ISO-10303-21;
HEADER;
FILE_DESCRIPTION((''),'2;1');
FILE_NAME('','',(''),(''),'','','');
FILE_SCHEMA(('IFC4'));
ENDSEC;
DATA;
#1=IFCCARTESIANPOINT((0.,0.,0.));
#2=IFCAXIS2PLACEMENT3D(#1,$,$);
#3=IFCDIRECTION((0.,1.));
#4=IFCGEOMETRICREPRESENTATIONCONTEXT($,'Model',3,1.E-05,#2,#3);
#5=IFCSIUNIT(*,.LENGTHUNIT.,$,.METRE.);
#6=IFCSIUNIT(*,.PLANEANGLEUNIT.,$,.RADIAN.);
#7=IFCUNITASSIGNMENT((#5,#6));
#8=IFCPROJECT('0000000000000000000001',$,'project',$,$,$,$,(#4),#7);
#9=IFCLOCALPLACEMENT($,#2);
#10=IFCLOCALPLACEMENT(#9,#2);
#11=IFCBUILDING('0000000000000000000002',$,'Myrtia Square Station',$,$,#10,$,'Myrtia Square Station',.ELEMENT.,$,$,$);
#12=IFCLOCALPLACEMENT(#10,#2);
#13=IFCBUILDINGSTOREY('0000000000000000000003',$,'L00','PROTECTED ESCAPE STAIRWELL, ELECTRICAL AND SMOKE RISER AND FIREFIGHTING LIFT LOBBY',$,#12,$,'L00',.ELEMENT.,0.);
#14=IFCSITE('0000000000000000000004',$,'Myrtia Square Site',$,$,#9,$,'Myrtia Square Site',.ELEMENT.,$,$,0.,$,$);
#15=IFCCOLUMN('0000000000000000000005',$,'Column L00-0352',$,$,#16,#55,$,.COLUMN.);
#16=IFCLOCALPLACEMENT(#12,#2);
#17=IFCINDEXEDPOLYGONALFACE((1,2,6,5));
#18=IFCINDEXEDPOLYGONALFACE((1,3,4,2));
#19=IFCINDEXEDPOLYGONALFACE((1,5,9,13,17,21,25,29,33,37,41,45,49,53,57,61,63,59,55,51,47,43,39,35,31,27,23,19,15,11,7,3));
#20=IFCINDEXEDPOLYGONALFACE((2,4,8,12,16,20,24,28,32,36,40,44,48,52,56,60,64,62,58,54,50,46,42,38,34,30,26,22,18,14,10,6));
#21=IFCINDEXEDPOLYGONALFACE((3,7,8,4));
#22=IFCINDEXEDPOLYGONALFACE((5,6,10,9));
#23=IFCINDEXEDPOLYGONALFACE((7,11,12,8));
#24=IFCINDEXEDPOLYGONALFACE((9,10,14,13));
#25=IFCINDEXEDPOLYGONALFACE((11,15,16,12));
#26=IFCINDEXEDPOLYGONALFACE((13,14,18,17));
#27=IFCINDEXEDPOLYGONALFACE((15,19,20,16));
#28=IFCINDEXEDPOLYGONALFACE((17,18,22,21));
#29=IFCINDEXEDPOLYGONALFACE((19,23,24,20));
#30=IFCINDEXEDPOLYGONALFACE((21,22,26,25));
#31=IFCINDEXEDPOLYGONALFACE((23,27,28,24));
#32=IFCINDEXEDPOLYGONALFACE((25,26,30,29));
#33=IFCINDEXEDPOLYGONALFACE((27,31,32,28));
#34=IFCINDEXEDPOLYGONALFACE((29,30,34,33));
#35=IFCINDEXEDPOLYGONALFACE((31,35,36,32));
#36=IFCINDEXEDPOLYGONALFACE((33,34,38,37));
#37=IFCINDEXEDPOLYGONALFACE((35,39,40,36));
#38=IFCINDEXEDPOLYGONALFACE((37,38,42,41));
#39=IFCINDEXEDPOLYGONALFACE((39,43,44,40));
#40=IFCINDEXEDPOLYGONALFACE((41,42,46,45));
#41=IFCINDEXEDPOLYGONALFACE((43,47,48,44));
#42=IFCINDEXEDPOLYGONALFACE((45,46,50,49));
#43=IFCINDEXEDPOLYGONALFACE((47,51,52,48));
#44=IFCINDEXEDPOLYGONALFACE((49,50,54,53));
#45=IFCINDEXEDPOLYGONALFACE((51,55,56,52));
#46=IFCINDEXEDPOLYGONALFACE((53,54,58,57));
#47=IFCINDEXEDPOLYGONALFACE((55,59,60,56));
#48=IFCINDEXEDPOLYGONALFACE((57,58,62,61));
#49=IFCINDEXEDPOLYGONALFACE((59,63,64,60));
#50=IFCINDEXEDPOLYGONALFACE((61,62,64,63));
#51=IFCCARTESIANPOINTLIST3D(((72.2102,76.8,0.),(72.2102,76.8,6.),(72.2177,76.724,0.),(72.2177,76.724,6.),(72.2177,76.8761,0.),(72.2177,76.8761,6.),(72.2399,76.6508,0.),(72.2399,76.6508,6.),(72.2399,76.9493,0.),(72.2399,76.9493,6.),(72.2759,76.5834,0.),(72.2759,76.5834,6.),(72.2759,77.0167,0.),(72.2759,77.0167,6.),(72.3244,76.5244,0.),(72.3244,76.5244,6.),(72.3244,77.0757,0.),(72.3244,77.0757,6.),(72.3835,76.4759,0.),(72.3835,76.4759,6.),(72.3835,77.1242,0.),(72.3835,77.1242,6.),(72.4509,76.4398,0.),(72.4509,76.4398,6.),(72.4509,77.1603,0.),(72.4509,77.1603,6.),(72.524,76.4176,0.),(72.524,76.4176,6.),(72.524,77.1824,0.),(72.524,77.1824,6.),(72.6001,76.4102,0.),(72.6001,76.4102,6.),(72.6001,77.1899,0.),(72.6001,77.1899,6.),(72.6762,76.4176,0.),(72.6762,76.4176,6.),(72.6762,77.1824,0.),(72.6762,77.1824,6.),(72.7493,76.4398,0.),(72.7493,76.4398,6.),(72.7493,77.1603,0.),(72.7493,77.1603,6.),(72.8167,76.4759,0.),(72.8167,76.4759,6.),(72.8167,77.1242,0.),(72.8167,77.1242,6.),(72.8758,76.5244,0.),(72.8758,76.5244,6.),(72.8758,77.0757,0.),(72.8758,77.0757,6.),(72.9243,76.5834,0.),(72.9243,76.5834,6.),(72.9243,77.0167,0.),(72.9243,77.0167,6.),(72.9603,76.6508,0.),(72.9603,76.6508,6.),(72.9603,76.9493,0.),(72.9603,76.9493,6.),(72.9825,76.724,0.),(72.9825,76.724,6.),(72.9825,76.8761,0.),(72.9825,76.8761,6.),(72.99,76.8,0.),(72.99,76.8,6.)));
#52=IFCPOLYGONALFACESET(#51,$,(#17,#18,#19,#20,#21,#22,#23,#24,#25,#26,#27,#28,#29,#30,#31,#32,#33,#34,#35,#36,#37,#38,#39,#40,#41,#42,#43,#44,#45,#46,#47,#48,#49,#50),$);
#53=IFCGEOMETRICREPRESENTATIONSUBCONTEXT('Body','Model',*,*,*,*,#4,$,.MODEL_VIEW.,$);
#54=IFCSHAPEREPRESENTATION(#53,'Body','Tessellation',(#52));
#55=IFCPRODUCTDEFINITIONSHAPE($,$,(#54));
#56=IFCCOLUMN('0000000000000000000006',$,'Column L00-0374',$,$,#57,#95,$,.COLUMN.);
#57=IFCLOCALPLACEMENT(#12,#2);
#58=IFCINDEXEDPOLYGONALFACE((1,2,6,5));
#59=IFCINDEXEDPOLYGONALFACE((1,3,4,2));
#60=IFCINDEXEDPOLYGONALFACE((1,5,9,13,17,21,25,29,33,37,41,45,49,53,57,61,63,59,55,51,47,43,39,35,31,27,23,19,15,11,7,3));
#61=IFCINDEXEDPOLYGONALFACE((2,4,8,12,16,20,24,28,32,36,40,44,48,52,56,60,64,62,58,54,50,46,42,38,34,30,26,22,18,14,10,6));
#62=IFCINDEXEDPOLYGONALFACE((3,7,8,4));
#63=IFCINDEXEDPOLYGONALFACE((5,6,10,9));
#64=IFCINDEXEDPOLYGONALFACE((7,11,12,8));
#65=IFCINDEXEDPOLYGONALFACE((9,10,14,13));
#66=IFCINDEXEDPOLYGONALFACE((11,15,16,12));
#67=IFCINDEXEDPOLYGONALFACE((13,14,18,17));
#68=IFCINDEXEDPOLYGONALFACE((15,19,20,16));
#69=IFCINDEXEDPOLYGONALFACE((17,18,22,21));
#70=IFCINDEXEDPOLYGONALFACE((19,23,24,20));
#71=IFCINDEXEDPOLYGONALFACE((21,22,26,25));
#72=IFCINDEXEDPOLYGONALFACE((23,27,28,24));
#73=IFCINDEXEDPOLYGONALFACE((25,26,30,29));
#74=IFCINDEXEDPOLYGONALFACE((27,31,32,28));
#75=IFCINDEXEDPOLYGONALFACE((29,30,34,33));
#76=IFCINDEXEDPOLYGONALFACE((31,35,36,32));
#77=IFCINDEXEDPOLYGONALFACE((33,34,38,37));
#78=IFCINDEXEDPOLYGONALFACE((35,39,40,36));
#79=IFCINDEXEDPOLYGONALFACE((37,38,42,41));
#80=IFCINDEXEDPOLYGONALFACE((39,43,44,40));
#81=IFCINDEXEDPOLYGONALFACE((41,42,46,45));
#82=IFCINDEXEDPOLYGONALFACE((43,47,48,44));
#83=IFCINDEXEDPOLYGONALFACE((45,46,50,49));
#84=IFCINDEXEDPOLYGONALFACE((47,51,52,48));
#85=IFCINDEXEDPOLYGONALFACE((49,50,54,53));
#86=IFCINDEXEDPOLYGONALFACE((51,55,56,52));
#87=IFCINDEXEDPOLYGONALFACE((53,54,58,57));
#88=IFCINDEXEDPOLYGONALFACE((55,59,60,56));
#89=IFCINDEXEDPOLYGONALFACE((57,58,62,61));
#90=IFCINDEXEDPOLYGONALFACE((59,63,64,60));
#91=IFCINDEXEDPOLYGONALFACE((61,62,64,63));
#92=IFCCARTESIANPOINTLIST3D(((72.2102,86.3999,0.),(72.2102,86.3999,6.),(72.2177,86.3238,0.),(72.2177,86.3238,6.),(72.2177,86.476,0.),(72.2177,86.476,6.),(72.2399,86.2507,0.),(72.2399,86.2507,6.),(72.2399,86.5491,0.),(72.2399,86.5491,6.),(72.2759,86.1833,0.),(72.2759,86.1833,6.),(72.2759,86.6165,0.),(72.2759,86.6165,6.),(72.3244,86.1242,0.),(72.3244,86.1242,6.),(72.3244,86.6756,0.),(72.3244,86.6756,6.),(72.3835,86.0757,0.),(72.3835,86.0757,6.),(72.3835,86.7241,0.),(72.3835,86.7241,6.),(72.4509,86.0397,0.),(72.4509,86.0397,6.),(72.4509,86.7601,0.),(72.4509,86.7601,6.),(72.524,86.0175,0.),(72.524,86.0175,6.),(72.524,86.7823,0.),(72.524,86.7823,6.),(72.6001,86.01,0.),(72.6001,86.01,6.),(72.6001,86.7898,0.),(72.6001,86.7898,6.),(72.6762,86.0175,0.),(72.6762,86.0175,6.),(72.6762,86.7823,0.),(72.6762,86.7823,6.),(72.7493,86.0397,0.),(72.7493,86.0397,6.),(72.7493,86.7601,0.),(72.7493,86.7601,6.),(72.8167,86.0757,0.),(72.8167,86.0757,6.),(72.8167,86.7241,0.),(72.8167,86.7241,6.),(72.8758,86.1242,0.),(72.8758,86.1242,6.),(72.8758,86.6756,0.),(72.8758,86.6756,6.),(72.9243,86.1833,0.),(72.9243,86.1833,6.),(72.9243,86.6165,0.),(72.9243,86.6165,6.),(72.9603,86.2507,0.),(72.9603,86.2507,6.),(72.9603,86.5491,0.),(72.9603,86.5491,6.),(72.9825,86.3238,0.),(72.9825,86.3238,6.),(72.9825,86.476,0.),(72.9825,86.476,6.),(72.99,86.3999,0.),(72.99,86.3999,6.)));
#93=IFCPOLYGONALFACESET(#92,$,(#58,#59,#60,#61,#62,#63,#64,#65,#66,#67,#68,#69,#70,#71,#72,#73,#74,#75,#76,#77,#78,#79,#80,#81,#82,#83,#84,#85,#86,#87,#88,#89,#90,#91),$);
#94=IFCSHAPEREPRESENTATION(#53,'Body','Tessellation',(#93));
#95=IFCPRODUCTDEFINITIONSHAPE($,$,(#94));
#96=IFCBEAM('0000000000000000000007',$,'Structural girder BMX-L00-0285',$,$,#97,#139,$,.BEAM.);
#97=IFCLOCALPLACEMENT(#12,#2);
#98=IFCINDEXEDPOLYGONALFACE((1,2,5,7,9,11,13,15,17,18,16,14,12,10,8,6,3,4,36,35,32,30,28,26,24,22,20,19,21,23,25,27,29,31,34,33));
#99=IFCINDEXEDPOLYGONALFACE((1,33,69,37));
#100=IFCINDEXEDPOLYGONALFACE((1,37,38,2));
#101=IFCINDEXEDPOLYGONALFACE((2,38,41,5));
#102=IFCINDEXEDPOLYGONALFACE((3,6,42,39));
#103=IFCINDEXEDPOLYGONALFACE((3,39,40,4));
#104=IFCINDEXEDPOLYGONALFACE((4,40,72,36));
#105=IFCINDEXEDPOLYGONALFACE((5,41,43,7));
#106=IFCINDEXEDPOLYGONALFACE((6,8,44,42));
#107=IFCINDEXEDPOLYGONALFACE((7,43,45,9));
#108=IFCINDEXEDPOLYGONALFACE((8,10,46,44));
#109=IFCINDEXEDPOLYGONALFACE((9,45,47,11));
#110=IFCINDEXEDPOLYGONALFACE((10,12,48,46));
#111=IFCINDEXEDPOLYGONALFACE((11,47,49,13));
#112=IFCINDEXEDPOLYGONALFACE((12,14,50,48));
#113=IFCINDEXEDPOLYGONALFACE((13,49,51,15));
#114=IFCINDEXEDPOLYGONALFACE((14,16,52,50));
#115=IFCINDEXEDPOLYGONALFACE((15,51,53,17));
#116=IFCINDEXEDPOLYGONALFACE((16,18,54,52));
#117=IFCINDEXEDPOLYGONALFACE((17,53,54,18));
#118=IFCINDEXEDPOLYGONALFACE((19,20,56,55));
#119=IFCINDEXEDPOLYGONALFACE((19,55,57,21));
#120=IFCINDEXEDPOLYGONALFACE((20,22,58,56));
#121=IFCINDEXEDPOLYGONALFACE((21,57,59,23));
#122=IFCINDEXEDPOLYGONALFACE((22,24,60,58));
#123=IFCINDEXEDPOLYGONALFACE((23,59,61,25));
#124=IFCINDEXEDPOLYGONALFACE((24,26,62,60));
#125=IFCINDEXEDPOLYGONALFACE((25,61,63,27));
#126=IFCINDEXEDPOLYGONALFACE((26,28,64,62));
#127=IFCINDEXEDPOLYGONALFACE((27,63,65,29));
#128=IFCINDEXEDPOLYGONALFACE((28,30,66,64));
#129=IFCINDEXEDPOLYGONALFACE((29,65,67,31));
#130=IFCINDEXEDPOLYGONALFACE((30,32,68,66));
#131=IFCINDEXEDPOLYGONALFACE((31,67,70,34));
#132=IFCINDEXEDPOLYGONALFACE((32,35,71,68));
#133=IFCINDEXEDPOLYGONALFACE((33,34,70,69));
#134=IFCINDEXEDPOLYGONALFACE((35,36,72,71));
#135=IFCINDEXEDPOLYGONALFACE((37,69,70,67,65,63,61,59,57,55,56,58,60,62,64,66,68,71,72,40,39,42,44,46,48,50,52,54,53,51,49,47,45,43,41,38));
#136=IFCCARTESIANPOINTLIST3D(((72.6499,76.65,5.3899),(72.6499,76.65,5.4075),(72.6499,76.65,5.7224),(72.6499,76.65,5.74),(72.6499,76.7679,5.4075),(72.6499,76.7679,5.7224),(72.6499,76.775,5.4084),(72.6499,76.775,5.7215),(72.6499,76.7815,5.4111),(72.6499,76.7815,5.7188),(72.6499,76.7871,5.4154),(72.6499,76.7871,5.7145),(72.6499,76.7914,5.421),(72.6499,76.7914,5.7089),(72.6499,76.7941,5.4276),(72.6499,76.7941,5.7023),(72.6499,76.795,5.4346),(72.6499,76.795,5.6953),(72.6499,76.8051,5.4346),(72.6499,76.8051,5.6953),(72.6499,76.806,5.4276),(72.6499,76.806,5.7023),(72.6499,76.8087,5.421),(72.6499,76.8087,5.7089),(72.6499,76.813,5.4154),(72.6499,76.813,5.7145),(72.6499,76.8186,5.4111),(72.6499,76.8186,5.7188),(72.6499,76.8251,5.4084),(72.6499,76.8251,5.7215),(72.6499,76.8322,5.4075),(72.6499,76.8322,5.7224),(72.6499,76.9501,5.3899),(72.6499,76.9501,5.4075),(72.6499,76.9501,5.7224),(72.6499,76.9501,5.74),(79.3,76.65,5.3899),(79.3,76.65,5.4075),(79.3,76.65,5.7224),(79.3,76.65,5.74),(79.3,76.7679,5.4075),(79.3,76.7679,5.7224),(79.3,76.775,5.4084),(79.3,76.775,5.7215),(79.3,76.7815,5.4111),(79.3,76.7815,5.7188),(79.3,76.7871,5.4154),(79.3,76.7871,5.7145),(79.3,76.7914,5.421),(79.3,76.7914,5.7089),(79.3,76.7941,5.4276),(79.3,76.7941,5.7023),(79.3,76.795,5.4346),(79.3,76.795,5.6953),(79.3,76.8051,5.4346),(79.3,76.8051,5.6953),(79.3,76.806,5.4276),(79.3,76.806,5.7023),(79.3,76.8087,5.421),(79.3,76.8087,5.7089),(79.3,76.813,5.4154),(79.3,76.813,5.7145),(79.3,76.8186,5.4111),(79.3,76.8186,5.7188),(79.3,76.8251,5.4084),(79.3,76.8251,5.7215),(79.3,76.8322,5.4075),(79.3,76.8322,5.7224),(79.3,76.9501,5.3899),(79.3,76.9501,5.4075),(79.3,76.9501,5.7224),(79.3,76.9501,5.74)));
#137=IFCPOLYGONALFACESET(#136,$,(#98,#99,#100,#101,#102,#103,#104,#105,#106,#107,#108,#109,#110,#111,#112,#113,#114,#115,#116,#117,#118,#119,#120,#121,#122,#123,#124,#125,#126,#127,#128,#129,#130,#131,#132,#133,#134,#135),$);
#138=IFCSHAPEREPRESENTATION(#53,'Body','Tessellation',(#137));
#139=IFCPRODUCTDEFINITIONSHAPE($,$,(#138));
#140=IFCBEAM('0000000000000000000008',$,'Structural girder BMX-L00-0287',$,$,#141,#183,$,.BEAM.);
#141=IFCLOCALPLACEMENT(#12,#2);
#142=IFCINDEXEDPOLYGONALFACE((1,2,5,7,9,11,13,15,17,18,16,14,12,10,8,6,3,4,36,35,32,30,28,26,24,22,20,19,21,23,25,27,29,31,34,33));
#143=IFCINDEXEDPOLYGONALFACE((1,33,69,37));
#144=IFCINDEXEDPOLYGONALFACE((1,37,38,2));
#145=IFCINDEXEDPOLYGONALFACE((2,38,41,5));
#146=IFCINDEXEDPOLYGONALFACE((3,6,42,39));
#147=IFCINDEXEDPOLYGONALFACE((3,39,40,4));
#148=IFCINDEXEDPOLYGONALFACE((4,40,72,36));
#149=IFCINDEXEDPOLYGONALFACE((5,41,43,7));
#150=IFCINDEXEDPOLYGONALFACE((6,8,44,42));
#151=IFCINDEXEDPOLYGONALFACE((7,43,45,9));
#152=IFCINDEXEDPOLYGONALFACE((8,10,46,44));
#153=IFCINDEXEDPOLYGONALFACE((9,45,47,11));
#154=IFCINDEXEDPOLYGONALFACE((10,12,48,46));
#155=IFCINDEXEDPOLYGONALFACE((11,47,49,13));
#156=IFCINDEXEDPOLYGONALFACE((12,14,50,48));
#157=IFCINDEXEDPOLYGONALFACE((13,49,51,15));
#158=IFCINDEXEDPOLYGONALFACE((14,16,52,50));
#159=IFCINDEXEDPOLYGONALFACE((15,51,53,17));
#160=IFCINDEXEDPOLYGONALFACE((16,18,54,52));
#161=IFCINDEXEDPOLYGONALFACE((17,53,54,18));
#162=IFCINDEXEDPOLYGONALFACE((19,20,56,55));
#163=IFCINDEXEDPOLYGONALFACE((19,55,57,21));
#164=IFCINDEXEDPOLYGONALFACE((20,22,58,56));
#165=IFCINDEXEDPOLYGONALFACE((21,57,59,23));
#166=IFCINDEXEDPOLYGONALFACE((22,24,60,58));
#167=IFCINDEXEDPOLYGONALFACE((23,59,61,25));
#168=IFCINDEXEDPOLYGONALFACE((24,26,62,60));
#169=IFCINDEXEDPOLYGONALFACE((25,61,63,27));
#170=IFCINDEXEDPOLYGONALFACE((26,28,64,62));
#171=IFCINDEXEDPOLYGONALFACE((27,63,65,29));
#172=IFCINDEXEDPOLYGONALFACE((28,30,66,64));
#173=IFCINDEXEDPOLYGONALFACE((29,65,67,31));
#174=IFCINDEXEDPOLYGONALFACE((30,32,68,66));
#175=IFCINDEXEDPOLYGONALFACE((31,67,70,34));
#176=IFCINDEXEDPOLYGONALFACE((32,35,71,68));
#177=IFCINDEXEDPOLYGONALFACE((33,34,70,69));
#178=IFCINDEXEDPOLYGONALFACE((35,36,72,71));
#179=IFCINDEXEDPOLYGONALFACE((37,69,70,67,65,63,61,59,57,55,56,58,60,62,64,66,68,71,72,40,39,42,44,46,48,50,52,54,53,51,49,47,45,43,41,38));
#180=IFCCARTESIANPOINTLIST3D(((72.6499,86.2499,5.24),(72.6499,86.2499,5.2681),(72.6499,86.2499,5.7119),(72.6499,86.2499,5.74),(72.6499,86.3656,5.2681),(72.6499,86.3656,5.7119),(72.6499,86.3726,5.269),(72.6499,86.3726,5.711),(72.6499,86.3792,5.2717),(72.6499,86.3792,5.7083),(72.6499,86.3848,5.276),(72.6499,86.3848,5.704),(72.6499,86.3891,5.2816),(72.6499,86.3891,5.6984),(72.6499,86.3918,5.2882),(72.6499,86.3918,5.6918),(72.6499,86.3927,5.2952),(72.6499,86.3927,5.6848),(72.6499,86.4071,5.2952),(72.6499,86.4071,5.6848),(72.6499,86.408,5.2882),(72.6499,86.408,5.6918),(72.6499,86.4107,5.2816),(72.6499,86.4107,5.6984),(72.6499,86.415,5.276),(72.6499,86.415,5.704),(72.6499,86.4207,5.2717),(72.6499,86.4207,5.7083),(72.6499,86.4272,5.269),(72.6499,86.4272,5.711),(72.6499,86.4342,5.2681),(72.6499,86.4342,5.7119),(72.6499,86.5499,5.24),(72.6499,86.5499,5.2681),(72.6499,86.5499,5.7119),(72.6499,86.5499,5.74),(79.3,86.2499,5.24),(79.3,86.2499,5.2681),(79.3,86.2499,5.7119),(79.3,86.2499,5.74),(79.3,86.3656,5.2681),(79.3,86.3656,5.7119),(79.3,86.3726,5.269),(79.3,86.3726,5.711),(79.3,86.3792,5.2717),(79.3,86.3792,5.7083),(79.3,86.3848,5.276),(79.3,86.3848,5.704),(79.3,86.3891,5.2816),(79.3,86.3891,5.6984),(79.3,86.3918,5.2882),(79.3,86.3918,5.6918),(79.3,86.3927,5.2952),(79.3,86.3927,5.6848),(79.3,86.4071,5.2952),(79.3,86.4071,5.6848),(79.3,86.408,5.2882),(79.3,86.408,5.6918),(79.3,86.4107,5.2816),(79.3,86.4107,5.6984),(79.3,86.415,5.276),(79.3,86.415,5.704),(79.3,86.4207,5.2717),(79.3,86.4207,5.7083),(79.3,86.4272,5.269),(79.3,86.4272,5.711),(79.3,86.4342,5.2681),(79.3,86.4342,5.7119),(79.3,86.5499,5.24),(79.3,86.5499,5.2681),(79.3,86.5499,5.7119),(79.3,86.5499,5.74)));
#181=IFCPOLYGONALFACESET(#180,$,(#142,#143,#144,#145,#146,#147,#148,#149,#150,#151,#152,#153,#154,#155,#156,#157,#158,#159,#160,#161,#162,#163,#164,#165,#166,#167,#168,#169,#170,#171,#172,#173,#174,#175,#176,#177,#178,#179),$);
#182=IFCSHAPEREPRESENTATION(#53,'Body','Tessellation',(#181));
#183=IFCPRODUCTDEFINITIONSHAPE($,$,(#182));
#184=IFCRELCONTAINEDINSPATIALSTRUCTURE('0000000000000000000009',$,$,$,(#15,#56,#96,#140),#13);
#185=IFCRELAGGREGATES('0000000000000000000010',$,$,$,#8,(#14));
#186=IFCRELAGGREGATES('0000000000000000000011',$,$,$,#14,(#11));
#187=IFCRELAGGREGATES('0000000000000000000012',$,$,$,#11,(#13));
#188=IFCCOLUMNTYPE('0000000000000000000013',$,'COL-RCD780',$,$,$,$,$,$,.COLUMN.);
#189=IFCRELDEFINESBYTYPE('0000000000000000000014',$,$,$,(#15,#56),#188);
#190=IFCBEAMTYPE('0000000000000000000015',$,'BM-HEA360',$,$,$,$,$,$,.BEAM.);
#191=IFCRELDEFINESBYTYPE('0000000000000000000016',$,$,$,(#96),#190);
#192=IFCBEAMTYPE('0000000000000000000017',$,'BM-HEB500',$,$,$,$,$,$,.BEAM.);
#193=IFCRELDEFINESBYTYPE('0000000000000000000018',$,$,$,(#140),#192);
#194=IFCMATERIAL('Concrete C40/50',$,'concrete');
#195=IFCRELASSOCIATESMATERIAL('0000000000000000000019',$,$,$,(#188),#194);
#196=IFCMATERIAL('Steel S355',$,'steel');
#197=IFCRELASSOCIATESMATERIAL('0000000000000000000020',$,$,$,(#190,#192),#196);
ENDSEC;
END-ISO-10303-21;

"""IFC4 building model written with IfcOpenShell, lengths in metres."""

from ifc_helpers import new_model, si_unit, direction, frame, origin, origin_2d, place, context, subcontext, project, spatial, circle, i_section, extrude, material, material_profile, profile_set, type_object, element, save


model = new_model("IFC4")

# Units and contexts
model_context = context("Model", 3, precision=1e-05, world=origin(), true_north=direction((0.0, 1.0)))
body_context = subcontext(model_context, "Body", "Model", "MODEL_VIEW")
ifc_project = project(units=[si_unit("LENGTHUNIT", "METRE"), si_unit("PLANEANGLEUNIT", "RADIAN")], contexts=[model_context])

# Site, building, storey
site_placement = place(None, origin())
site = spatial("IfcSite", under=ifc_project, at=site_placement, Name="Myrtia Square Site", LongName="Myrtia Square Site", CompositionType="ELEMENT", RefElevation=0.0)
building_placement = place(site_placement, origin())
building = spatial("IfcBuilding", under=site, at=building_placement, Name="Myrtia Square Station", LongName="Myrtia Square Station", CompositionType="ELEMENT")
storey_placement = place(building_placement, origin())
storey = spatial("IfcBuildingStorey", under=building, at=storey_placement, Name="L00", Description="PROTECTED ESCAPE STAIRWELL, ELECTRICAL AND SMOKE RISER AND FIREFIGHTING LIFT LOBBY", LongName="L00", CompositionType="ELEMENT", Elevation=0.0)

# Columns
ifc_material_1 = material(Name="Steel S355", Category="steel")
ifc_material_2 = material(Name="Concrete C40/50", Category="concrete")
ifc_material_profile_1 = material_profile(ifc_material_2, circle(Radius=0.3899, at=origin_2d()), Name="RC D780")
ifc_profile_set_1 = profile_set([ifc_material_profile_1], Name="Concrete C40/50")
column_type_1 = type_object("IfcColumnType", Name="COL-RCD780", PredefinedType="COLUMN", material=ifc_profile_set_1)
for number, where, z_axis, x_axis, name in (
    (1, (72.6001, 76.8, 0.0), (0.0, 0.0, 1.0), (1.0, 0.0, 0.0), "Column L00-0352"),
    (2, (72.6001, 86.3999, 0.0), (0.0, 0.0, 1.0), (1.0, 0.0, 0.0), "Column L00-0374"),
):
    element("IfcColumn", number, at=place(storey_placement, frame(where, z_axis=z_axis, x_axis=x_axis)), inside=storey, type_object=column_type_1, Name=name, PredefinedType="COLUMN", context=body_context, shape_type="SweptSolid", body=[
        extrude(circle(Radius=0.3899, at=origin_2d()), origin(), (0.0, 0.0, 1.0), 6.0),
    ])

# Beams
ifc_material_profile_2 = material_profile(ifc_material_1, i_section(OverallWidth=0.3, OverallDepth=0.3501, WebThickness=0.01, FlangeThickness=0.0176, FilletRadius=0.0271, at=origin_2d()), Name="HEA 360")
ifc_profile_set_2 = profile_set([ifc_material_profile_2], Name="Steel S355")
beam_type_1 = type_object("IfcBeamType", Name="BM-HEA360", PredefinedType="BEAM", material=ifc_profile_set_2)
beam_1_placement = place(storey_placement, frame((72.6499, 76.8, 5.5649), z_axis=(1.0, 0.0, 0.0), x_axis=(0.0, 1.0, 0.0)))
element("IfcBeam", 3, at=beam_1_placement, inside=storey, type_object=beam_type_1, Name="Structural girder BMX-L00-0285", PredefinedType="BEAM", context=body_context, shape_type="SweptSolid", body=[
    extrude(i_section(OverallWidth=0.3, OverallDepth=0.3501, WebThickness=0.01, FlangeThickness=0.0176, FilletRadius=0.0271, at=origin_2d()), origin(), (0.0, 0.0, 1.0), 6.6501),
])
ifc_material_profile_3 = material_profile(ifc_material_1, i_section(OverallWidth=0.3, OverallDepth=0.5, WebThickness=0.0144, FlangeThickness=0.0281, FilletRadius=0.0271, at=origin_2d()), Name="HEB 500")
ifc_profile_set_3 = profile_set([ifc_material_profile_3], Name="Steel S355")
beam_type_2 = type_object("IfcBeamType", Name="BM-HEB500", PredefinedType="BEAM", material=ifc_profile_set_3)
beam_2_placement = place(storey_placement, frame((72.6499, 86.3999, 5.49), z_axis=(1.0, 0.0, 0.0), x_axis=(0.0, 1.0, 0.0)))
element("IfcBeam", 4, at=beam_2_placement, inside=storey, type_object=beam_type_2, Name="Structural girder BMX-L00-0287", PredefinedType="BEAM", context=body_context, shape_type="SweptSolid", body=[
    extrude(i_section(OverallWidth=0.3, OverallDepth=0.5, WebThickness=0.0144, FlangeThickness=0.0281, FilletRadius=0.0271, at=origin_2d()), origin(), (0.0, 0.0, 1.0), 6.6501),
])

save(model, "model.ifc")
